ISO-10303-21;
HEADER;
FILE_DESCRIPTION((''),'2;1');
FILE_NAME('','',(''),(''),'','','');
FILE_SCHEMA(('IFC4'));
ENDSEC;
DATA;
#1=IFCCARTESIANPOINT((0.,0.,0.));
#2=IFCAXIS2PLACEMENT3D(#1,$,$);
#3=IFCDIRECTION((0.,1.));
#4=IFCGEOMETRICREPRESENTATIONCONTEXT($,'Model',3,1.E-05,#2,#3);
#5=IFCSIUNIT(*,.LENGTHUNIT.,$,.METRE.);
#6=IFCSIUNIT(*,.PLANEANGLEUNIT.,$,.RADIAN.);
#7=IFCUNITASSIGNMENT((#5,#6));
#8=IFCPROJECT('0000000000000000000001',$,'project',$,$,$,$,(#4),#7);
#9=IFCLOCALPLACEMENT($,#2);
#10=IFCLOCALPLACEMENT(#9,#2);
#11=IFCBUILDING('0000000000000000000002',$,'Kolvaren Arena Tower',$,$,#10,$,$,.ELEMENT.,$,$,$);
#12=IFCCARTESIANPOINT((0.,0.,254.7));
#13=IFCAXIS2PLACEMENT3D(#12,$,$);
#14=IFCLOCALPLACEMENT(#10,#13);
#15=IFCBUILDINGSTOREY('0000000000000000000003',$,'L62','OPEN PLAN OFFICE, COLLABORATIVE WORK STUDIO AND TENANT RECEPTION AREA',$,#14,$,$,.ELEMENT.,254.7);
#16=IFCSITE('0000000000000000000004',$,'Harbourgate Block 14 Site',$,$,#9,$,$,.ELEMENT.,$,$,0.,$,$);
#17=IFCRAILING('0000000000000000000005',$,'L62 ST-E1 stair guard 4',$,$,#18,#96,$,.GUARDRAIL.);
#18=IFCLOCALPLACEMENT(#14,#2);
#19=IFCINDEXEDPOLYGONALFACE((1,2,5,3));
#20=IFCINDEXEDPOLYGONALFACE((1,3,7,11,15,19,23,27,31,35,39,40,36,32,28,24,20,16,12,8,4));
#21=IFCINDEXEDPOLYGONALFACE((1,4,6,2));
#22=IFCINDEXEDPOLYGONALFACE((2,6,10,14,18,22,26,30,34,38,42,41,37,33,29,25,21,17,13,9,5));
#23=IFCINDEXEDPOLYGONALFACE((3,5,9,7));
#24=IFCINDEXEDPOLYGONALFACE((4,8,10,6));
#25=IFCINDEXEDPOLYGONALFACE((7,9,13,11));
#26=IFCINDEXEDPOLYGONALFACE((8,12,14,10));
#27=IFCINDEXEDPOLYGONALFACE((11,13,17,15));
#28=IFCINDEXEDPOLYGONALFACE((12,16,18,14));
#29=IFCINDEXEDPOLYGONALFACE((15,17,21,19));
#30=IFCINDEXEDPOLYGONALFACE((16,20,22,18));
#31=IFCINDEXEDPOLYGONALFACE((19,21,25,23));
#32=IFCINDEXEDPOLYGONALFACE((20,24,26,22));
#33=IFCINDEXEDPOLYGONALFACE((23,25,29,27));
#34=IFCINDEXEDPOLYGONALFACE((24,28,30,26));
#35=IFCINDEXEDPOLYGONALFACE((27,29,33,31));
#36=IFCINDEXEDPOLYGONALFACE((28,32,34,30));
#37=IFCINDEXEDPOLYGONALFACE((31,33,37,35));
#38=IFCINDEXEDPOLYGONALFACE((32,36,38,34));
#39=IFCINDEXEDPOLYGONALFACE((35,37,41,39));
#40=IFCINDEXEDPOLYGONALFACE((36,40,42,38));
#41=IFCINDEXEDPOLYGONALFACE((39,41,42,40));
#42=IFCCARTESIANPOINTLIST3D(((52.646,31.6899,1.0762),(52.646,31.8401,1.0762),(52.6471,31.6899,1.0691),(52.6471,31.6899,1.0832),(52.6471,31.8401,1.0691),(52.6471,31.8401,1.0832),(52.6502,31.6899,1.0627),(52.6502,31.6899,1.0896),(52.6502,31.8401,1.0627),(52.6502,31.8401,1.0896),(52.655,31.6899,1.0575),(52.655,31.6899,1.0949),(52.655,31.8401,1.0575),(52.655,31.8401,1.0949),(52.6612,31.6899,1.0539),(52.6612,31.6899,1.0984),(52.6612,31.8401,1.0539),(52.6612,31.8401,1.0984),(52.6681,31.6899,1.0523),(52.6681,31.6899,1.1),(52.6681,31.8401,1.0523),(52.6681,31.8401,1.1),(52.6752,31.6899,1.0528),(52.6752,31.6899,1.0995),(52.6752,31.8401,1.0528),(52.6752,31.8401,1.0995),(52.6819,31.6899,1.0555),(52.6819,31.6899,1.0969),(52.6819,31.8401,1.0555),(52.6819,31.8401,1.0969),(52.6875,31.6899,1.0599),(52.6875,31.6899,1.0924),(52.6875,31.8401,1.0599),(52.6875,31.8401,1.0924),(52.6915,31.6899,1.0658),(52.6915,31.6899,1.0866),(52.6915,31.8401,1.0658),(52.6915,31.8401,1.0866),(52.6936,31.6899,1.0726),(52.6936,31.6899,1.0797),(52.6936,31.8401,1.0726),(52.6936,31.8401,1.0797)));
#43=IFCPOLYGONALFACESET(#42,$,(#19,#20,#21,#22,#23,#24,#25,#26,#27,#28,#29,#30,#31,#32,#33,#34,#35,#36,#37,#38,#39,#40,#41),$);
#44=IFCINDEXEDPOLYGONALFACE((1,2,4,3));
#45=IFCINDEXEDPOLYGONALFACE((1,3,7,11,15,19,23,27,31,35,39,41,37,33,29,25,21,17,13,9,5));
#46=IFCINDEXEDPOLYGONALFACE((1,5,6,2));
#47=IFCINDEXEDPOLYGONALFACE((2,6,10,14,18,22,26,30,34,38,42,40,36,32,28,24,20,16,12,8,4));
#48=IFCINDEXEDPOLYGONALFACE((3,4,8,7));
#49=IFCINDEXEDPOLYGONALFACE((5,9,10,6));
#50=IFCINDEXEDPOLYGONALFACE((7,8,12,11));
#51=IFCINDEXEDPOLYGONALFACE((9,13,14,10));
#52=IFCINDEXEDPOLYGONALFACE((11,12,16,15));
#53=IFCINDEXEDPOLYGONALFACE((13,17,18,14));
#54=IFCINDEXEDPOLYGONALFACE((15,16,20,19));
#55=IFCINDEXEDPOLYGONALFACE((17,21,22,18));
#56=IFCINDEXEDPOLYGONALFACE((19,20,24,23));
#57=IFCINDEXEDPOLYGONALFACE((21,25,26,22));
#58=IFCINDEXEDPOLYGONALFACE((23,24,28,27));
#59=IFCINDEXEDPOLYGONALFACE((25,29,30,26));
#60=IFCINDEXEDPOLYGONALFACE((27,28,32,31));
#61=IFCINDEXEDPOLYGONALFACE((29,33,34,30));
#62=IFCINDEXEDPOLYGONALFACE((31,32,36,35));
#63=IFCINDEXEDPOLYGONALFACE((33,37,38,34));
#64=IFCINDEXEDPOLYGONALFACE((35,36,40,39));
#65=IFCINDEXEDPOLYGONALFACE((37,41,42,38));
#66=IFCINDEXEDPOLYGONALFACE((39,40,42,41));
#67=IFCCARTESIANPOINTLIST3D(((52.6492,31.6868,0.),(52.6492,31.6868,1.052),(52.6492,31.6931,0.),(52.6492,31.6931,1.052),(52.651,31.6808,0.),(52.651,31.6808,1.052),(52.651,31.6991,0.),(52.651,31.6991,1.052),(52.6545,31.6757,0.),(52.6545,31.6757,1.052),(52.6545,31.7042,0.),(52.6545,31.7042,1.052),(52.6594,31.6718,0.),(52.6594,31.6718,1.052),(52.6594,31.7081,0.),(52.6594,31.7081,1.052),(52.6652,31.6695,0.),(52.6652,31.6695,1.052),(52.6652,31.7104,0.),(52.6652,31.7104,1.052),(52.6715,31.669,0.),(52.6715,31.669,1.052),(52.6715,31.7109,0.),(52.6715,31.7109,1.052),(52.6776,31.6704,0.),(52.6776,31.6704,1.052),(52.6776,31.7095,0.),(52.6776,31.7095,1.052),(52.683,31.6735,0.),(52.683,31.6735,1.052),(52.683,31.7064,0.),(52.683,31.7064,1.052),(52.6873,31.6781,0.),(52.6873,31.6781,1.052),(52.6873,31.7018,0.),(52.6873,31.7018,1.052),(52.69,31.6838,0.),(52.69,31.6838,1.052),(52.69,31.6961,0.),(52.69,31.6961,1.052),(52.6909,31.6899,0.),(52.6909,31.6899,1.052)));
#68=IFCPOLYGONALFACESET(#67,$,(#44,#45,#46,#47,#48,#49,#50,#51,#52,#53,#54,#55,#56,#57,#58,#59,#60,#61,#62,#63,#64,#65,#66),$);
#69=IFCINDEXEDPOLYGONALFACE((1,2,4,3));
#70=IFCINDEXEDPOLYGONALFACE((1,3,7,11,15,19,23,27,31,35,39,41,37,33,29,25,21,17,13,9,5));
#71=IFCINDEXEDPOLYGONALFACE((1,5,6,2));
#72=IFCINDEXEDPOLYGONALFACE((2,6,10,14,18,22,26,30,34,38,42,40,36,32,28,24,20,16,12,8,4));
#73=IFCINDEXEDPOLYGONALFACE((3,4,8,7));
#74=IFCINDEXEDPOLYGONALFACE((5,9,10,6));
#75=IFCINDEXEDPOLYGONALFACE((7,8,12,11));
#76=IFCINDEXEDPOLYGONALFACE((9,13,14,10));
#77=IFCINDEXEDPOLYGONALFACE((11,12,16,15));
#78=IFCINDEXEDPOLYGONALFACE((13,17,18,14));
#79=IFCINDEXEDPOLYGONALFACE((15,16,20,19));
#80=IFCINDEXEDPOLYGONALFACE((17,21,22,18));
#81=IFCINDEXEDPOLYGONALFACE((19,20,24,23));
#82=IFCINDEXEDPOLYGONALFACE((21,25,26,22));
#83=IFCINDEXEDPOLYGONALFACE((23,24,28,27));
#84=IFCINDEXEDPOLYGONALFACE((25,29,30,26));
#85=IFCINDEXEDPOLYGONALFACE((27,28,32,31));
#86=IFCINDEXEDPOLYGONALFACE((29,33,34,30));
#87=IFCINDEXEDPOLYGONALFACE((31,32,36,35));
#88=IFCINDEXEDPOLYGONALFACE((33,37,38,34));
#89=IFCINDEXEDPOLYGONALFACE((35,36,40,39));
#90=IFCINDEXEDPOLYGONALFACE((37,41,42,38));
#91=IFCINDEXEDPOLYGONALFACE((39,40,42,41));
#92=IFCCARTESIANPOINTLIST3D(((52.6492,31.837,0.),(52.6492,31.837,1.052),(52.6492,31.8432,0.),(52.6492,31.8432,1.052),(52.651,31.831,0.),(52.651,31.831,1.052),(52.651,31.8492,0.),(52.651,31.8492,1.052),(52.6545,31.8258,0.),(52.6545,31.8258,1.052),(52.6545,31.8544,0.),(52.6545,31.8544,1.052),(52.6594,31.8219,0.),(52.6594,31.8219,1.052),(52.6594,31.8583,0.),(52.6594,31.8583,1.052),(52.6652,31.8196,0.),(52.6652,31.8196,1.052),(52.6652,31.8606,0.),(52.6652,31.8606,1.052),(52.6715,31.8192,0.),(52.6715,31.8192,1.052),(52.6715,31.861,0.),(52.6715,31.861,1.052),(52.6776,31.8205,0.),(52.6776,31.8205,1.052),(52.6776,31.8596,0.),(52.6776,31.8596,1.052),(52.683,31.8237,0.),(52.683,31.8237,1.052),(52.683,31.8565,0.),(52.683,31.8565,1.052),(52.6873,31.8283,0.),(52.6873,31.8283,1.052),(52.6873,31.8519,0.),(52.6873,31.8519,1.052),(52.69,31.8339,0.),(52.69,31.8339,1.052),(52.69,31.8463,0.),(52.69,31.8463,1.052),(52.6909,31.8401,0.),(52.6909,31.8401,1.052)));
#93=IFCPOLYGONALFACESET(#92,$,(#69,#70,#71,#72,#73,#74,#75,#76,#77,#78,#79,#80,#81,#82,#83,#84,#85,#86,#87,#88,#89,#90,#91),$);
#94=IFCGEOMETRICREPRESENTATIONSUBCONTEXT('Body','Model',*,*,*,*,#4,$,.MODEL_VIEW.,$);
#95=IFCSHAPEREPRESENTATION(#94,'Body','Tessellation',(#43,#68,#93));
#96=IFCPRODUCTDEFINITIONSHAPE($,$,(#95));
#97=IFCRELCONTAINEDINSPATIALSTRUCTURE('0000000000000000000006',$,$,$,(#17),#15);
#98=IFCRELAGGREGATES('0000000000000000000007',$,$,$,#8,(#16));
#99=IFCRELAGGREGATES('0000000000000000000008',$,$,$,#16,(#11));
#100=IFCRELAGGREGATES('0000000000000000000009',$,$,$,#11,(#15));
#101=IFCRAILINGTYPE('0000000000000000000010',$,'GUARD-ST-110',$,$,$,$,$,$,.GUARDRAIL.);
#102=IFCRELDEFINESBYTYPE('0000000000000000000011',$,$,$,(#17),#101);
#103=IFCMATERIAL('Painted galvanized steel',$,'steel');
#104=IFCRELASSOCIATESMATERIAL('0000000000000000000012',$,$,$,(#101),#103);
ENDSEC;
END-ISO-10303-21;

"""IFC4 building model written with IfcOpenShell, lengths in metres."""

from ifc_helpers import new_model, si_unit, direction, frame, origin, origin_2d, place, context, subcontext, project, spatial, circle, extrude, material, type_object, element, save


model = new_model("IFC4")

# Units and contexts
model_context = context("Model", 3, precision=1e-05, world=origin(), true_north=direction((0.0, 1.0)))
body_context = subcontext(model_context, "Body", "Model", "MODEL_VIEW")
ifc_project = project(units=[si_unit("LENGTHUNIT", "METRE"), si_unit("PLANEANGLEUNIT", "RADIAN")], contexts=[model_context])

# Site, building, storey
site_placement = place(None, origin())
site = spatial("IfcSite", under=ifc_project, at=site_placement, Name="Harbourgate Block 14 Site", CompositionType="ELEMENT", RefElevation=0.0)
building_placement = place(site_placement, origin())
building = spatial("IfcBuilding", under=site, at=building_placement, Name="Kolvaren Arena Tower", CompositionType="ELEMENT")
storey_placement = place(building_placement, frame((0.0, 0.0, 254.7)))
storey = spatial("IfcBuildingStorey", under=building, at=storey_placement, Name="L62", Description="OPEN PLAN OFFICE, COLLABORATIVE WORK STUDIO AND TENANT RECEPTION AREA", CompositionType="ELEMENT", Elevation=254.7)

# Railing
ifc_material_1 = material(Name="Painted galvanized steel", Category="steel")
railing_type_1 = type_object("IfcRailingType", Name="GUARD-ST-110", PredefinedType="GUARDRAIL", material=ifc_material_1)
railing_1_placement = place(storey_placement, frame((52.6699, 31.6899, 0.0)))
element("IfcRailing", 1, at=railing_1_placement, inside=storey, type_object=railing_type_1, Name="L62 ST-E1 stair guard 4", PredefinedType="GUARDRAIL", context=body_context, shape_type="SweptSolid", body=[
    extrude(circle(Radius=0.0239, at=origin_2d()), frame((0.0, 0.0, 1.0762), z_axis=(0.0, 1.0, 0.0), x_axis=(-1.0, 0.0, 0.0)), (0.0, 0.0, 1.0), 0.1501),
    extrude(circle(Radius=0.021, at=origin_2d()), origin(), (0.0, 0.0, 1.0), 1.052),
    extrude(circle(Radius=0.021, at=origin_2d()), frame((0.0, 0.1501, 0.0)), (0.0, 0.0, 1.0), 1.052),
])

save(model, "model.ifc")
